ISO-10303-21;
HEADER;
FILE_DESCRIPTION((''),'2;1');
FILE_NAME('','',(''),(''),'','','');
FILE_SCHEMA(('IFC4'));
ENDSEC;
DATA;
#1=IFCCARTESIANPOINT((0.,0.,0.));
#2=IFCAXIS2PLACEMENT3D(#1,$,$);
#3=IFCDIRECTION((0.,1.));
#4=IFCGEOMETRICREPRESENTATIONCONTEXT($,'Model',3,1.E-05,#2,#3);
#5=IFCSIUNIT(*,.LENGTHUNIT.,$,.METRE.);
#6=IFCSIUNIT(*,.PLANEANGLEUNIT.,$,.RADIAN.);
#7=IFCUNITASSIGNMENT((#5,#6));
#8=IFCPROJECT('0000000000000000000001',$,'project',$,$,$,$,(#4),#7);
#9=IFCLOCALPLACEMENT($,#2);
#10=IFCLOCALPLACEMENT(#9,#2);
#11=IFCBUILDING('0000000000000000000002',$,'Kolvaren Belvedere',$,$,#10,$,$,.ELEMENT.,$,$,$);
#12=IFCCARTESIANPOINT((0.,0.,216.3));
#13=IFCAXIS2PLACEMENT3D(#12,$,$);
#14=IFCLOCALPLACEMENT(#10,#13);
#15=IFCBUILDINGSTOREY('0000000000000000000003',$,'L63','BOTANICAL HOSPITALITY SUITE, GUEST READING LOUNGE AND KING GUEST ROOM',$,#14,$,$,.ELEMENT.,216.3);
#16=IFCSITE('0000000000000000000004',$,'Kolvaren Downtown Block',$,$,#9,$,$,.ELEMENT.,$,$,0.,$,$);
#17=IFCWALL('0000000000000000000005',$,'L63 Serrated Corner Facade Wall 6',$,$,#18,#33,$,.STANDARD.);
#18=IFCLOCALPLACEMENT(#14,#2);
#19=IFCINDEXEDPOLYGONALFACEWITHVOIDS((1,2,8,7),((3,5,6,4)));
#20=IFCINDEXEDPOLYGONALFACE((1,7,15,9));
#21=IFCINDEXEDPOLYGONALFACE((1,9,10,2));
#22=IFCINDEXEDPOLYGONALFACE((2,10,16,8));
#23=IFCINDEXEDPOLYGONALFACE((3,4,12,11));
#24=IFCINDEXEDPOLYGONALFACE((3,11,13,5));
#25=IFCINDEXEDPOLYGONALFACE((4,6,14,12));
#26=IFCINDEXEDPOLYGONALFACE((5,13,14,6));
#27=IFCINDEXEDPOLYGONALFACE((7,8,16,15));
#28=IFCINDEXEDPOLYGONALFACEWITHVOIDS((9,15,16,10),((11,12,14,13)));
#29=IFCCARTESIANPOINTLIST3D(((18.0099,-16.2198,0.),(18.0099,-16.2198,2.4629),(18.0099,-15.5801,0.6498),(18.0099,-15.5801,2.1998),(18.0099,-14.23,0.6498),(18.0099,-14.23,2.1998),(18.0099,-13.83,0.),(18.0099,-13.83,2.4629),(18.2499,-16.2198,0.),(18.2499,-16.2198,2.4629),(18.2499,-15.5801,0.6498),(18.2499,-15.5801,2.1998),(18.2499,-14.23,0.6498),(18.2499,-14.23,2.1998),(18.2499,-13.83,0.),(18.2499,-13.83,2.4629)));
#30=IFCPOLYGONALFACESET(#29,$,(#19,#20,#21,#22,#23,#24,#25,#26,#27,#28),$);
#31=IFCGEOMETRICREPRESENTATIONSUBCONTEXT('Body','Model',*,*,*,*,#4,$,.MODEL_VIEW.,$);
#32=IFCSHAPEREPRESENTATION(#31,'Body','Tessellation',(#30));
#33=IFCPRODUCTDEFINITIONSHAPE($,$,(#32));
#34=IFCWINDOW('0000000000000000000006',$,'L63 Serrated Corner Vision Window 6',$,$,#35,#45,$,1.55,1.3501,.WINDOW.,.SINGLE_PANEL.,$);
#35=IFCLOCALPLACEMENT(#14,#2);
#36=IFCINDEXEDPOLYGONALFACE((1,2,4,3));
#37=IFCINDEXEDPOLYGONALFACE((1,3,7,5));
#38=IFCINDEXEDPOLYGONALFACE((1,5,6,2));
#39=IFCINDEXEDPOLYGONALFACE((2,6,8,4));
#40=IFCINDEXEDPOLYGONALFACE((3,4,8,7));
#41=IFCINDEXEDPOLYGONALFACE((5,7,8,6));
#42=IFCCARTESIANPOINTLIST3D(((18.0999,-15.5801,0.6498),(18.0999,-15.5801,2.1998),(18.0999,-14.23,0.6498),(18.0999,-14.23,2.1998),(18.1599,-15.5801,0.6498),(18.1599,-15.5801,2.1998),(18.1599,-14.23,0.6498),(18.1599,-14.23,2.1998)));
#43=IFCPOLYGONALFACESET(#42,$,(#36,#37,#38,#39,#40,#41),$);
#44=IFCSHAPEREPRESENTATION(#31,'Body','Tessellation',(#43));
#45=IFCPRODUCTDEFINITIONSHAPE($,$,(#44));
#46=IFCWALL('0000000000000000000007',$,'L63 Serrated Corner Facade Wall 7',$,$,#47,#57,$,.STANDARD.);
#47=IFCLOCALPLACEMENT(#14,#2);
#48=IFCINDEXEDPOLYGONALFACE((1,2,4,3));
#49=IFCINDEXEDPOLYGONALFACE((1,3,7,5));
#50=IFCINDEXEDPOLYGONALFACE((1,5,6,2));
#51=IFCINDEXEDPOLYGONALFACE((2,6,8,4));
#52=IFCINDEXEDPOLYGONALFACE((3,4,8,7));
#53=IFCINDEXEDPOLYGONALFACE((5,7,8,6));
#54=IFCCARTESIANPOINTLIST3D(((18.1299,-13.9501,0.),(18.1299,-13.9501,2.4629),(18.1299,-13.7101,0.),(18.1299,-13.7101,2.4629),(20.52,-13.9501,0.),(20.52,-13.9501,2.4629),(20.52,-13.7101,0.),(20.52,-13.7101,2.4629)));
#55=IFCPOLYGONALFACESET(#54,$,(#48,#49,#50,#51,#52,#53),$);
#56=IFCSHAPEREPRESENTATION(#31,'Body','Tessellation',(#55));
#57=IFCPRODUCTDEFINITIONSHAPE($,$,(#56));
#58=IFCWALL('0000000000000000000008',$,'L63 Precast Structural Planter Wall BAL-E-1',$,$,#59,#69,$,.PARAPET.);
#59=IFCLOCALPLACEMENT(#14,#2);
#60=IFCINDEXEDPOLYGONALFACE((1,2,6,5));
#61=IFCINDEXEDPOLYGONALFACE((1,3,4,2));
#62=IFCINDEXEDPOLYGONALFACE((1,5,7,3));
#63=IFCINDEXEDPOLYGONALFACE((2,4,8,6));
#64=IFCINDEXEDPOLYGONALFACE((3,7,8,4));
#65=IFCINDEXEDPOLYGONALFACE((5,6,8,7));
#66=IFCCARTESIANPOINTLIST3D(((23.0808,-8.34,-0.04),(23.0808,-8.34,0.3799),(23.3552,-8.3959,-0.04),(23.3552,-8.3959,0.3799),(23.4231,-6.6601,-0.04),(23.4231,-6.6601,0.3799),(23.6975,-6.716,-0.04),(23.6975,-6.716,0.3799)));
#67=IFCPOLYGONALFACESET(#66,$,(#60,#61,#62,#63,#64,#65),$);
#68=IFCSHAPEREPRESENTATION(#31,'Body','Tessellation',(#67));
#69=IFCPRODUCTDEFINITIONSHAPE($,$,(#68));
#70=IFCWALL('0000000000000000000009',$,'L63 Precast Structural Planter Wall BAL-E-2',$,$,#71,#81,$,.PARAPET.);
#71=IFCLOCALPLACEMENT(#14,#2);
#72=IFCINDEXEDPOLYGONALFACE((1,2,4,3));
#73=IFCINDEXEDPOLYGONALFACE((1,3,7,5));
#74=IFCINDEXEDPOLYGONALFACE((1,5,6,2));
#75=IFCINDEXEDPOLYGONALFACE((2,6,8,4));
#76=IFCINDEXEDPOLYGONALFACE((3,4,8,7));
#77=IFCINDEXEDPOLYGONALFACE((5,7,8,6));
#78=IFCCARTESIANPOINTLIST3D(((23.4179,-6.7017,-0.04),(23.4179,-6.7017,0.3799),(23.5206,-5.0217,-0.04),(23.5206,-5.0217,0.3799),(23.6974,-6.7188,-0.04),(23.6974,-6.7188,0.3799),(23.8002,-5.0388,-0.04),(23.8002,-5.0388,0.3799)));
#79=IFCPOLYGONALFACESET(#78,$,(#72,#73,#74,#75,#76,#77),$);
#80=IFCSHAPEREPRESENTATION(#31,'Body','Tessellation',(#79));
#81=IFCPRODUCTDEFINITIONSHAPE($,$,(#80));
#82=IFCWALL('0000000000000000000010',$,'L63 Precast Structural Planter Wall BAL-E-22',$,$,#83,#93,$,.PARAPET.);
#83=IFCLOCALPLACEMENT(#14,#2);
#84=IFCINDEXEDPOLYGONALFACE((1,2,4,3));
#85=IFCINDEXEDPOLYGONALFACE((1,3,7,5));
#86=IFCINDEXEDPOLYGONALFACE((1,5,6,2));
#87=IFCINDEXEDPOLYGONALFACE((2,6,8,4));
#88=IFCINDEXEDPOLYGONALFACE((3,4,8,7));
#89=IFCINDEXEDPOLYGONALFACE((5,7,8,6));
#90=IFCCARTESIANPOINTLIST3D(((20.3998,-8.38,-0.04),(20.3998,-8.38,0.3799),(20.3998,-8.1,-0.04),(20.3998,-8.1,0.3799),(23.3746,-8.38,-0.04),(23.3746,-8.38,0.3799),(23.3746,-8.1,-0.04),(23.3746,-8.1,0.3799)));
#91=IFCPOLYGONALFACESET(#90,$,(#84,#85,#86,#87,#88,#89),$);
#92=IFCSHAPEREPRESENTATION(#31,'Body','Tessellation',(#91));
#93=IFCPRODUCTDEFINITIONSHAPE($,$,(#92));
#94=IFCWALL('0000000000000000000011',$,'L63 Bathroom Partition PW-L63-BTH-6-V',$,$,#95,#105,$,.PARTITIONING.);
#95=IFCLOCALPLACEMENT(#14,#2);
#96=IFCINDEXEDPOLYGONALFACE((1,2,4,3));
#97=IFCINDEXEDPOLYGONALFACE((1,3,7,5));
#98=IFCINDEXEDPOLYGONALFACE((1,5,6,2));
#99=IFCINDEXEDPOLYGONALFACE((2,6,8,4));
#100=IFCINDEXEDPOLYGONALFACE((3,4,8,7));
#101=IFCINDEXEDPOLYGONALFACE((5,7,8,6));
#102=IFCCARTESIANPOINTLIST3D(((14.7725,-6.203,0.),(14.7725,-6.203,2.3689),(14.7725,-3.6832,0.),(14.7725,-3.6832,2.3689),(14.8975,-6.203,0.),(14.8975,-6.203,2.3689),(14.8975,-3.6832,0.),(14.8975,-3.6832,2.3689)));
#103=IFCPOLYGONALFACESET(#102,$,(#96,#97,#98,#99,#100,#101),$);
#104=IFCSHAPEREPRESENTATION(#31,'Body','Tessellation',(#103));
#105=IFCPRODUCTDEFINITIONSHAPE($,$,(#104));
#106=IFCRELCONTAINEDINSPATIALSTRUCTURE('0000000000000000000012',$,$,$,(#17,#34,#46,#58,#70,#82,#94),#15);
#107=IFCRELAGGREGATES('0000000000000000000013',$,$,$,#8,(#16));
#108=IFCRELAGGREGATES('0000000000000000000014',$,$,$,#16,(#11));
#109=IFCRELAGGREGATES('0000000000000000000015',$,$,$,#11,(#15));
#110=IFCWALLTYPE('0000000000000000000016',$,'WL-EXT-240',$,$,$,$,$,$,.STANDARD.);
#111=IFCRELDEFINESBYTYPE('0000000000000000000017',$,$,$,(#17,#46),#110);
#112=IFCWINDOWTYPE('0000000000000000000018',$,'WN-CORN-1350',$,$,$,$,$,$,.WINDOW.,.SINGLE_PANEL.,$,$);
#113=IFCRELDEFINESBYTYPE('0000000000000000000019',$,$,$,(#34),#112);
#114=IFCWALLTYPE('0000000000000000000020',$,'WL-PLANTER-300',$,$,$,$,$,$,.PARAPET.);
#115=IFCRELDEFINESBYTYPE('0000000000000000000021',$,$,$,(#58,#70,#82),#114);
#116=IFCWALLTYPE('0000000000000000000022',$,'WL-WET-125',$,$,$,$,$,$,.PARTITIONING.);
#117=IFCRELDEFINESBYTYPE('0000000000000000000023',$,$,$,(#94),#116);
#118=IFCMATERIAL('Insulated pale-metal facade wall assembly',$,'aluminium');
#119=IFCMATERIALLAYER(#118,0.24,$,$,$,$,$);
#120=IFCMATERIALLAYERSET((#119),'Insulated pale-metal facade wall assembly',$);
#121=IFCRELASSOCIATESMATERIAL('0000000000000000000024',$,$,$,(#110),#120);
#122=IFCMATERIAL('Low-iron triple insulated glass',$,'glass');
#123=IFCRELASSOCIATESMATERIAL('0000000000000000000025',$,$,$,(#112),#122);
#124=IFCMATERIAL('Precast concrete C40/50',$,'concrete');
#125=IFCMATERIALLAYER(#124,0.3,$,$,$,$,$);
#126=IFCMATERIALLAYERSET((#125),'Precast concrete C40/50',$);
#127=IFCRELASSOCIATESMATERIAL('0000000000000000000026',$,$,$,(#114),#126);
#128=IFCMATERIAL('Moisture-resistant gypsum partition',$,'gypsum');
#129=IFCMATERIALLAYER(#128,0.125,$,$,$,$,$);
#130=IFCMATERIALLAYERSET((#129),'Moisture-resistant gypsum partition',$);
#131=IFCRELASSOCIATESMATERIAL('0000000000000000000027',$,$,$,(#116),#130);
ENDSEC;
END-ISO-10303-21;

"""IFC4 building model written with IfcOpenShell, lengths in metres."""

from ifc_helpers import new_model, si_unit, direction, frame, frame_2d, origin, place, context, subcontext, project, spatial, rectangle, extrude, material, layer, layer_set, type_object, element, fill, save


model = new_model("IFC4")

# Units and contexts
model_context = context("Model", 3, precision=1e-05, world=origin(), true_north=direction((0.0, 1.0)))
body_context = subcontext(model_context, "Body", "Model", "MODEL_VIEW")
ifc_project = project(units=[si_unit("LENGTHUNIT", "METRE"), si_unit("PLANEANGLEUNIT", "RADIAN")], contexts=[model_context])

# Site, building, storey
site_placement = place(None, origin())
site = spatial("IfcSite", under=ifc_project, at=site_placement, Name="Kolvaren Downtown Block", CompositionType="ELEMENT", RefElevation=0.0)
building_placement = place(site_placement, origin())
building = spatial("IfcBuilding", under=site, at=building_placement, Name="Kolvaren Belvedere", CompositionType="ELEMENT")
storey_placement = place(building_placement, frame((0.0, 0.0, 216.3)))
storey = spatial("IfcBuildingStorey", under=building, at=storey_placement, Name="L63", Description="BOTANICAL HOSPITALITY SUITE, GUEST READING LOUNGE AND KING GUEST ROOM", CompositionType="ELEMENT", Elevation=216.3)

# Shared definitions
ifc_material_1 = material(Name="Insulated pale-metal facade wall assembly", Category="aluminium")
ifc_layer_1 = layer(ifc_material_1, 0.24)
ifc_layer_set_1 = layer_set([ifc_layer_1], Name="Insulated pale-metal facade wall assembly")
wall_type_1 = type_object("IfcWallType", Name="WL-EXT-240", PredefinedType="STANDARD", material=ifc_layer_set_1)

# Wall, opening, window
ifc_material_2 = material(Name="Low-iron triple insulated glass", Category="glass")
window_type_1 = type_object("IfcWindowType", Name="WN-CORN-1350", PartitioningType="SINGLE_PANEL", PredefinedType="WINDOW", material=ifc_material_2)
wall_1_placement = place(storey_placement, frame((18.1299, -13.8301, 0.0), z_axis=(0.0, 0.0, 1.0), x_axis=(0.0, -1.0, 0.0)))
wall_1 = element("IfcWall", 1, at=wall_1_placement, inside=storey, type_object=wall_type_1, Name="L63 Serrated Corner Facade Wall 6", PredefinedType="STANDARD", context=body_context, shape_type="SweptSolid", body=[
    extrude(rectangle(XDim=2.3899, YDim=0.24, at=frame_2d((1.1948, 0.0))), origin(), (0.0, 0.0, 1.0), 2.4629),
])
opening_1_placement = place(wall_1_placement, frame((0.3999, 0.0, 0.6499)))
opening_1 = element("IfcOpeningElement", 2, at=opening_1_placement, cuts=wall_1, PredefinedType="OPENING", context=body_context, shape_type="SweptSolid", body=[
    extrude(rectangle(XDim=1.3501, YDim=1.55, at=frame_2d((0.675, 0.7749))), frame((0.0, 0.1299, 0.0), z_axis=(0.0, -1.0, 0.0), x_axis=(1.0, 0.0, 0.0)), (0.0, 0.0, 1.0), 0.26),
])
window_1_placement = place(opening_1_placement, origin())
window_1 = element("IfcWindow", 3, at=window_1_placement, inside=storey, type_object=window_type_1, Name="L63 Serrated Corner Vision Window 6", OverallHeight=1.55, OverallWidth=1.3501, PartitioningType="SINGLE_PANEL", PredefinedType="WINDOW", context=body_context, shape_type="SweptSolid", body=[
    extrude(rectangle(XDim=1.3501, YDim=1.55, at=frame_2d((0.675, 0.7749))), frame((0.0, 0.03, 0.0), z_axis=(0.0, -1.0, 0.0), x_axis=(1.0, 0.0, 0.0)), (0.0, 0.0, 1.0), 0.0601),
])
fill(opening_1, window_1)

# Walls
wall_2_placement = place(storey_placement, frame((20.52, -13.8301, 0.0), z_axis=(0.0, 0.0, 1.0), x_axis=(-1.0, 0.0, 0.0)))
element("IfcWall", 4, at=wall_2_placement, inside=storey, type_object=wall_type_1, Name="L63 Serrated Corner Facade Wall 7", PredefinedType="STANDARD", context=body_context, shape_type="SweptSolid", body=[
    extrude(rectangle(XDim=2.3901, YDim=0.24, at=frame_2d((1.1951, 0.0))), origin(), (0.0, 0.0, 1.0), 2.4629),
])
ifc_material_3 = material(Name="Precast concrete C40/50", Category="concrete")
ifc_layer_2 = layer(ifc_material_3, 0.3)
ifc_layer_set_2 = layer_set([ifc_layer_2], Name="Precast concrete C40/50")
wall_type_2 = type_object("IfcWallType", Name="WL-PLANTER-300", PredefinedType="PARAPET", material=ifc_layer_set_2)
wall_3_placement = place(storey_placement, frame((23.218, -8.3679, -0.04), z_axis=(0.0, 0.0, 1.0), x_axis=(0.199648, 0.979868, 0.0)))
element("IfcWall", 5, at=wall_3_placement, inside=storey, type_object=wall_type_2, Name="L63 Precast Structural Planter Wall BAL-E-1", PredefinedType="PARAPET", context=body_context, shape_type="SweptSolid", body=[
    extrude(rectangle(XDim=1.7144, YDim=0.28, at=frame_2d((0.8572, 0.0))), origin(), (0.0, 0.0, 1.0), 0.4199),
])
wall_4_placement = place(storey_placement, frame((23.5576, -6.7102, -0.04), z_axis=(0.0, 0.0, 1.0), x_axis=(0.061069, 0.998134, 0.0)))
element("IfcWall", 6, at=wall_4_placement, inside=storey, type_object=wall_type_2, Name="L63 Precast Structural Planter Wall BAL-E-2", PredefinedType="PARAPET", context=body_context, shape_type="SweptSolid", body=[
    extrude(rectangle(XDim=1.6831, YDim=0.28, at=frame_2d((0.8416, 0.0))), origin(), (0.0, 0.0, 1.0), 0.4199),
])
wall_5_placement = place(storey_placement, frame((20.3999, -8.24, -0.04), z_axis=(0.0, 0.0, 1.0), x_axis=(1.0, 0.0, 0.0)))
element("IfcWall", 7, at=wall_5_placement, inside=storey, type_object=wall_type_2, Name="L63 Precast Structural Planter Wall BAL-E-22", PredefinedType="PARAPET", context=body_context, shape_type="SweptSolid", body=[
    extrude(rectangle(XDim=2.9749, YDim=0.28, at=frame_2d((1.4873, 0.0))), origin(), (0.0, 0.0, 1.0), 0.4199),
])
ifc_material_4 = material(Name="Moisture-resistant gypsum partition", Category="gypsum")
ifc_layer_3 = layer(ifc_material_4, 0.125)
ifc_layer_set_3 = layer_set([ifc_layer_3], Name="Moisture-resistant gypsum partition")
wall_type_3 = type_object("IfcWallType", Name="WL-WET-125", PredefinedType="PARTITIONING", material=ifc_layer_set_3)
wall_6_placement = place(storey_placement, frame((14.835, -6.2029, 0.0), z_axis=(0.0, 0.0, 1.0), x_axis=(0.0, 1.0, 0.0)))
element("IfcWall", 8, at=wall_6_placement, inside=storey, type_object=wall_type_3, Name="L63 Bathroom Partition PW-L63-BTH-6-V", PredefinedType="PARTITIONING", context=body_context, shape_type="SweptSolid", body=[
    extrude(rectangle(XDim=2.5198, YDim=0.125, at=frame_2d((1.2598, 0.0))), origin(), (0.0, 0.0, 1.0), 2.3689),
])

save(model, "model.ifc")
